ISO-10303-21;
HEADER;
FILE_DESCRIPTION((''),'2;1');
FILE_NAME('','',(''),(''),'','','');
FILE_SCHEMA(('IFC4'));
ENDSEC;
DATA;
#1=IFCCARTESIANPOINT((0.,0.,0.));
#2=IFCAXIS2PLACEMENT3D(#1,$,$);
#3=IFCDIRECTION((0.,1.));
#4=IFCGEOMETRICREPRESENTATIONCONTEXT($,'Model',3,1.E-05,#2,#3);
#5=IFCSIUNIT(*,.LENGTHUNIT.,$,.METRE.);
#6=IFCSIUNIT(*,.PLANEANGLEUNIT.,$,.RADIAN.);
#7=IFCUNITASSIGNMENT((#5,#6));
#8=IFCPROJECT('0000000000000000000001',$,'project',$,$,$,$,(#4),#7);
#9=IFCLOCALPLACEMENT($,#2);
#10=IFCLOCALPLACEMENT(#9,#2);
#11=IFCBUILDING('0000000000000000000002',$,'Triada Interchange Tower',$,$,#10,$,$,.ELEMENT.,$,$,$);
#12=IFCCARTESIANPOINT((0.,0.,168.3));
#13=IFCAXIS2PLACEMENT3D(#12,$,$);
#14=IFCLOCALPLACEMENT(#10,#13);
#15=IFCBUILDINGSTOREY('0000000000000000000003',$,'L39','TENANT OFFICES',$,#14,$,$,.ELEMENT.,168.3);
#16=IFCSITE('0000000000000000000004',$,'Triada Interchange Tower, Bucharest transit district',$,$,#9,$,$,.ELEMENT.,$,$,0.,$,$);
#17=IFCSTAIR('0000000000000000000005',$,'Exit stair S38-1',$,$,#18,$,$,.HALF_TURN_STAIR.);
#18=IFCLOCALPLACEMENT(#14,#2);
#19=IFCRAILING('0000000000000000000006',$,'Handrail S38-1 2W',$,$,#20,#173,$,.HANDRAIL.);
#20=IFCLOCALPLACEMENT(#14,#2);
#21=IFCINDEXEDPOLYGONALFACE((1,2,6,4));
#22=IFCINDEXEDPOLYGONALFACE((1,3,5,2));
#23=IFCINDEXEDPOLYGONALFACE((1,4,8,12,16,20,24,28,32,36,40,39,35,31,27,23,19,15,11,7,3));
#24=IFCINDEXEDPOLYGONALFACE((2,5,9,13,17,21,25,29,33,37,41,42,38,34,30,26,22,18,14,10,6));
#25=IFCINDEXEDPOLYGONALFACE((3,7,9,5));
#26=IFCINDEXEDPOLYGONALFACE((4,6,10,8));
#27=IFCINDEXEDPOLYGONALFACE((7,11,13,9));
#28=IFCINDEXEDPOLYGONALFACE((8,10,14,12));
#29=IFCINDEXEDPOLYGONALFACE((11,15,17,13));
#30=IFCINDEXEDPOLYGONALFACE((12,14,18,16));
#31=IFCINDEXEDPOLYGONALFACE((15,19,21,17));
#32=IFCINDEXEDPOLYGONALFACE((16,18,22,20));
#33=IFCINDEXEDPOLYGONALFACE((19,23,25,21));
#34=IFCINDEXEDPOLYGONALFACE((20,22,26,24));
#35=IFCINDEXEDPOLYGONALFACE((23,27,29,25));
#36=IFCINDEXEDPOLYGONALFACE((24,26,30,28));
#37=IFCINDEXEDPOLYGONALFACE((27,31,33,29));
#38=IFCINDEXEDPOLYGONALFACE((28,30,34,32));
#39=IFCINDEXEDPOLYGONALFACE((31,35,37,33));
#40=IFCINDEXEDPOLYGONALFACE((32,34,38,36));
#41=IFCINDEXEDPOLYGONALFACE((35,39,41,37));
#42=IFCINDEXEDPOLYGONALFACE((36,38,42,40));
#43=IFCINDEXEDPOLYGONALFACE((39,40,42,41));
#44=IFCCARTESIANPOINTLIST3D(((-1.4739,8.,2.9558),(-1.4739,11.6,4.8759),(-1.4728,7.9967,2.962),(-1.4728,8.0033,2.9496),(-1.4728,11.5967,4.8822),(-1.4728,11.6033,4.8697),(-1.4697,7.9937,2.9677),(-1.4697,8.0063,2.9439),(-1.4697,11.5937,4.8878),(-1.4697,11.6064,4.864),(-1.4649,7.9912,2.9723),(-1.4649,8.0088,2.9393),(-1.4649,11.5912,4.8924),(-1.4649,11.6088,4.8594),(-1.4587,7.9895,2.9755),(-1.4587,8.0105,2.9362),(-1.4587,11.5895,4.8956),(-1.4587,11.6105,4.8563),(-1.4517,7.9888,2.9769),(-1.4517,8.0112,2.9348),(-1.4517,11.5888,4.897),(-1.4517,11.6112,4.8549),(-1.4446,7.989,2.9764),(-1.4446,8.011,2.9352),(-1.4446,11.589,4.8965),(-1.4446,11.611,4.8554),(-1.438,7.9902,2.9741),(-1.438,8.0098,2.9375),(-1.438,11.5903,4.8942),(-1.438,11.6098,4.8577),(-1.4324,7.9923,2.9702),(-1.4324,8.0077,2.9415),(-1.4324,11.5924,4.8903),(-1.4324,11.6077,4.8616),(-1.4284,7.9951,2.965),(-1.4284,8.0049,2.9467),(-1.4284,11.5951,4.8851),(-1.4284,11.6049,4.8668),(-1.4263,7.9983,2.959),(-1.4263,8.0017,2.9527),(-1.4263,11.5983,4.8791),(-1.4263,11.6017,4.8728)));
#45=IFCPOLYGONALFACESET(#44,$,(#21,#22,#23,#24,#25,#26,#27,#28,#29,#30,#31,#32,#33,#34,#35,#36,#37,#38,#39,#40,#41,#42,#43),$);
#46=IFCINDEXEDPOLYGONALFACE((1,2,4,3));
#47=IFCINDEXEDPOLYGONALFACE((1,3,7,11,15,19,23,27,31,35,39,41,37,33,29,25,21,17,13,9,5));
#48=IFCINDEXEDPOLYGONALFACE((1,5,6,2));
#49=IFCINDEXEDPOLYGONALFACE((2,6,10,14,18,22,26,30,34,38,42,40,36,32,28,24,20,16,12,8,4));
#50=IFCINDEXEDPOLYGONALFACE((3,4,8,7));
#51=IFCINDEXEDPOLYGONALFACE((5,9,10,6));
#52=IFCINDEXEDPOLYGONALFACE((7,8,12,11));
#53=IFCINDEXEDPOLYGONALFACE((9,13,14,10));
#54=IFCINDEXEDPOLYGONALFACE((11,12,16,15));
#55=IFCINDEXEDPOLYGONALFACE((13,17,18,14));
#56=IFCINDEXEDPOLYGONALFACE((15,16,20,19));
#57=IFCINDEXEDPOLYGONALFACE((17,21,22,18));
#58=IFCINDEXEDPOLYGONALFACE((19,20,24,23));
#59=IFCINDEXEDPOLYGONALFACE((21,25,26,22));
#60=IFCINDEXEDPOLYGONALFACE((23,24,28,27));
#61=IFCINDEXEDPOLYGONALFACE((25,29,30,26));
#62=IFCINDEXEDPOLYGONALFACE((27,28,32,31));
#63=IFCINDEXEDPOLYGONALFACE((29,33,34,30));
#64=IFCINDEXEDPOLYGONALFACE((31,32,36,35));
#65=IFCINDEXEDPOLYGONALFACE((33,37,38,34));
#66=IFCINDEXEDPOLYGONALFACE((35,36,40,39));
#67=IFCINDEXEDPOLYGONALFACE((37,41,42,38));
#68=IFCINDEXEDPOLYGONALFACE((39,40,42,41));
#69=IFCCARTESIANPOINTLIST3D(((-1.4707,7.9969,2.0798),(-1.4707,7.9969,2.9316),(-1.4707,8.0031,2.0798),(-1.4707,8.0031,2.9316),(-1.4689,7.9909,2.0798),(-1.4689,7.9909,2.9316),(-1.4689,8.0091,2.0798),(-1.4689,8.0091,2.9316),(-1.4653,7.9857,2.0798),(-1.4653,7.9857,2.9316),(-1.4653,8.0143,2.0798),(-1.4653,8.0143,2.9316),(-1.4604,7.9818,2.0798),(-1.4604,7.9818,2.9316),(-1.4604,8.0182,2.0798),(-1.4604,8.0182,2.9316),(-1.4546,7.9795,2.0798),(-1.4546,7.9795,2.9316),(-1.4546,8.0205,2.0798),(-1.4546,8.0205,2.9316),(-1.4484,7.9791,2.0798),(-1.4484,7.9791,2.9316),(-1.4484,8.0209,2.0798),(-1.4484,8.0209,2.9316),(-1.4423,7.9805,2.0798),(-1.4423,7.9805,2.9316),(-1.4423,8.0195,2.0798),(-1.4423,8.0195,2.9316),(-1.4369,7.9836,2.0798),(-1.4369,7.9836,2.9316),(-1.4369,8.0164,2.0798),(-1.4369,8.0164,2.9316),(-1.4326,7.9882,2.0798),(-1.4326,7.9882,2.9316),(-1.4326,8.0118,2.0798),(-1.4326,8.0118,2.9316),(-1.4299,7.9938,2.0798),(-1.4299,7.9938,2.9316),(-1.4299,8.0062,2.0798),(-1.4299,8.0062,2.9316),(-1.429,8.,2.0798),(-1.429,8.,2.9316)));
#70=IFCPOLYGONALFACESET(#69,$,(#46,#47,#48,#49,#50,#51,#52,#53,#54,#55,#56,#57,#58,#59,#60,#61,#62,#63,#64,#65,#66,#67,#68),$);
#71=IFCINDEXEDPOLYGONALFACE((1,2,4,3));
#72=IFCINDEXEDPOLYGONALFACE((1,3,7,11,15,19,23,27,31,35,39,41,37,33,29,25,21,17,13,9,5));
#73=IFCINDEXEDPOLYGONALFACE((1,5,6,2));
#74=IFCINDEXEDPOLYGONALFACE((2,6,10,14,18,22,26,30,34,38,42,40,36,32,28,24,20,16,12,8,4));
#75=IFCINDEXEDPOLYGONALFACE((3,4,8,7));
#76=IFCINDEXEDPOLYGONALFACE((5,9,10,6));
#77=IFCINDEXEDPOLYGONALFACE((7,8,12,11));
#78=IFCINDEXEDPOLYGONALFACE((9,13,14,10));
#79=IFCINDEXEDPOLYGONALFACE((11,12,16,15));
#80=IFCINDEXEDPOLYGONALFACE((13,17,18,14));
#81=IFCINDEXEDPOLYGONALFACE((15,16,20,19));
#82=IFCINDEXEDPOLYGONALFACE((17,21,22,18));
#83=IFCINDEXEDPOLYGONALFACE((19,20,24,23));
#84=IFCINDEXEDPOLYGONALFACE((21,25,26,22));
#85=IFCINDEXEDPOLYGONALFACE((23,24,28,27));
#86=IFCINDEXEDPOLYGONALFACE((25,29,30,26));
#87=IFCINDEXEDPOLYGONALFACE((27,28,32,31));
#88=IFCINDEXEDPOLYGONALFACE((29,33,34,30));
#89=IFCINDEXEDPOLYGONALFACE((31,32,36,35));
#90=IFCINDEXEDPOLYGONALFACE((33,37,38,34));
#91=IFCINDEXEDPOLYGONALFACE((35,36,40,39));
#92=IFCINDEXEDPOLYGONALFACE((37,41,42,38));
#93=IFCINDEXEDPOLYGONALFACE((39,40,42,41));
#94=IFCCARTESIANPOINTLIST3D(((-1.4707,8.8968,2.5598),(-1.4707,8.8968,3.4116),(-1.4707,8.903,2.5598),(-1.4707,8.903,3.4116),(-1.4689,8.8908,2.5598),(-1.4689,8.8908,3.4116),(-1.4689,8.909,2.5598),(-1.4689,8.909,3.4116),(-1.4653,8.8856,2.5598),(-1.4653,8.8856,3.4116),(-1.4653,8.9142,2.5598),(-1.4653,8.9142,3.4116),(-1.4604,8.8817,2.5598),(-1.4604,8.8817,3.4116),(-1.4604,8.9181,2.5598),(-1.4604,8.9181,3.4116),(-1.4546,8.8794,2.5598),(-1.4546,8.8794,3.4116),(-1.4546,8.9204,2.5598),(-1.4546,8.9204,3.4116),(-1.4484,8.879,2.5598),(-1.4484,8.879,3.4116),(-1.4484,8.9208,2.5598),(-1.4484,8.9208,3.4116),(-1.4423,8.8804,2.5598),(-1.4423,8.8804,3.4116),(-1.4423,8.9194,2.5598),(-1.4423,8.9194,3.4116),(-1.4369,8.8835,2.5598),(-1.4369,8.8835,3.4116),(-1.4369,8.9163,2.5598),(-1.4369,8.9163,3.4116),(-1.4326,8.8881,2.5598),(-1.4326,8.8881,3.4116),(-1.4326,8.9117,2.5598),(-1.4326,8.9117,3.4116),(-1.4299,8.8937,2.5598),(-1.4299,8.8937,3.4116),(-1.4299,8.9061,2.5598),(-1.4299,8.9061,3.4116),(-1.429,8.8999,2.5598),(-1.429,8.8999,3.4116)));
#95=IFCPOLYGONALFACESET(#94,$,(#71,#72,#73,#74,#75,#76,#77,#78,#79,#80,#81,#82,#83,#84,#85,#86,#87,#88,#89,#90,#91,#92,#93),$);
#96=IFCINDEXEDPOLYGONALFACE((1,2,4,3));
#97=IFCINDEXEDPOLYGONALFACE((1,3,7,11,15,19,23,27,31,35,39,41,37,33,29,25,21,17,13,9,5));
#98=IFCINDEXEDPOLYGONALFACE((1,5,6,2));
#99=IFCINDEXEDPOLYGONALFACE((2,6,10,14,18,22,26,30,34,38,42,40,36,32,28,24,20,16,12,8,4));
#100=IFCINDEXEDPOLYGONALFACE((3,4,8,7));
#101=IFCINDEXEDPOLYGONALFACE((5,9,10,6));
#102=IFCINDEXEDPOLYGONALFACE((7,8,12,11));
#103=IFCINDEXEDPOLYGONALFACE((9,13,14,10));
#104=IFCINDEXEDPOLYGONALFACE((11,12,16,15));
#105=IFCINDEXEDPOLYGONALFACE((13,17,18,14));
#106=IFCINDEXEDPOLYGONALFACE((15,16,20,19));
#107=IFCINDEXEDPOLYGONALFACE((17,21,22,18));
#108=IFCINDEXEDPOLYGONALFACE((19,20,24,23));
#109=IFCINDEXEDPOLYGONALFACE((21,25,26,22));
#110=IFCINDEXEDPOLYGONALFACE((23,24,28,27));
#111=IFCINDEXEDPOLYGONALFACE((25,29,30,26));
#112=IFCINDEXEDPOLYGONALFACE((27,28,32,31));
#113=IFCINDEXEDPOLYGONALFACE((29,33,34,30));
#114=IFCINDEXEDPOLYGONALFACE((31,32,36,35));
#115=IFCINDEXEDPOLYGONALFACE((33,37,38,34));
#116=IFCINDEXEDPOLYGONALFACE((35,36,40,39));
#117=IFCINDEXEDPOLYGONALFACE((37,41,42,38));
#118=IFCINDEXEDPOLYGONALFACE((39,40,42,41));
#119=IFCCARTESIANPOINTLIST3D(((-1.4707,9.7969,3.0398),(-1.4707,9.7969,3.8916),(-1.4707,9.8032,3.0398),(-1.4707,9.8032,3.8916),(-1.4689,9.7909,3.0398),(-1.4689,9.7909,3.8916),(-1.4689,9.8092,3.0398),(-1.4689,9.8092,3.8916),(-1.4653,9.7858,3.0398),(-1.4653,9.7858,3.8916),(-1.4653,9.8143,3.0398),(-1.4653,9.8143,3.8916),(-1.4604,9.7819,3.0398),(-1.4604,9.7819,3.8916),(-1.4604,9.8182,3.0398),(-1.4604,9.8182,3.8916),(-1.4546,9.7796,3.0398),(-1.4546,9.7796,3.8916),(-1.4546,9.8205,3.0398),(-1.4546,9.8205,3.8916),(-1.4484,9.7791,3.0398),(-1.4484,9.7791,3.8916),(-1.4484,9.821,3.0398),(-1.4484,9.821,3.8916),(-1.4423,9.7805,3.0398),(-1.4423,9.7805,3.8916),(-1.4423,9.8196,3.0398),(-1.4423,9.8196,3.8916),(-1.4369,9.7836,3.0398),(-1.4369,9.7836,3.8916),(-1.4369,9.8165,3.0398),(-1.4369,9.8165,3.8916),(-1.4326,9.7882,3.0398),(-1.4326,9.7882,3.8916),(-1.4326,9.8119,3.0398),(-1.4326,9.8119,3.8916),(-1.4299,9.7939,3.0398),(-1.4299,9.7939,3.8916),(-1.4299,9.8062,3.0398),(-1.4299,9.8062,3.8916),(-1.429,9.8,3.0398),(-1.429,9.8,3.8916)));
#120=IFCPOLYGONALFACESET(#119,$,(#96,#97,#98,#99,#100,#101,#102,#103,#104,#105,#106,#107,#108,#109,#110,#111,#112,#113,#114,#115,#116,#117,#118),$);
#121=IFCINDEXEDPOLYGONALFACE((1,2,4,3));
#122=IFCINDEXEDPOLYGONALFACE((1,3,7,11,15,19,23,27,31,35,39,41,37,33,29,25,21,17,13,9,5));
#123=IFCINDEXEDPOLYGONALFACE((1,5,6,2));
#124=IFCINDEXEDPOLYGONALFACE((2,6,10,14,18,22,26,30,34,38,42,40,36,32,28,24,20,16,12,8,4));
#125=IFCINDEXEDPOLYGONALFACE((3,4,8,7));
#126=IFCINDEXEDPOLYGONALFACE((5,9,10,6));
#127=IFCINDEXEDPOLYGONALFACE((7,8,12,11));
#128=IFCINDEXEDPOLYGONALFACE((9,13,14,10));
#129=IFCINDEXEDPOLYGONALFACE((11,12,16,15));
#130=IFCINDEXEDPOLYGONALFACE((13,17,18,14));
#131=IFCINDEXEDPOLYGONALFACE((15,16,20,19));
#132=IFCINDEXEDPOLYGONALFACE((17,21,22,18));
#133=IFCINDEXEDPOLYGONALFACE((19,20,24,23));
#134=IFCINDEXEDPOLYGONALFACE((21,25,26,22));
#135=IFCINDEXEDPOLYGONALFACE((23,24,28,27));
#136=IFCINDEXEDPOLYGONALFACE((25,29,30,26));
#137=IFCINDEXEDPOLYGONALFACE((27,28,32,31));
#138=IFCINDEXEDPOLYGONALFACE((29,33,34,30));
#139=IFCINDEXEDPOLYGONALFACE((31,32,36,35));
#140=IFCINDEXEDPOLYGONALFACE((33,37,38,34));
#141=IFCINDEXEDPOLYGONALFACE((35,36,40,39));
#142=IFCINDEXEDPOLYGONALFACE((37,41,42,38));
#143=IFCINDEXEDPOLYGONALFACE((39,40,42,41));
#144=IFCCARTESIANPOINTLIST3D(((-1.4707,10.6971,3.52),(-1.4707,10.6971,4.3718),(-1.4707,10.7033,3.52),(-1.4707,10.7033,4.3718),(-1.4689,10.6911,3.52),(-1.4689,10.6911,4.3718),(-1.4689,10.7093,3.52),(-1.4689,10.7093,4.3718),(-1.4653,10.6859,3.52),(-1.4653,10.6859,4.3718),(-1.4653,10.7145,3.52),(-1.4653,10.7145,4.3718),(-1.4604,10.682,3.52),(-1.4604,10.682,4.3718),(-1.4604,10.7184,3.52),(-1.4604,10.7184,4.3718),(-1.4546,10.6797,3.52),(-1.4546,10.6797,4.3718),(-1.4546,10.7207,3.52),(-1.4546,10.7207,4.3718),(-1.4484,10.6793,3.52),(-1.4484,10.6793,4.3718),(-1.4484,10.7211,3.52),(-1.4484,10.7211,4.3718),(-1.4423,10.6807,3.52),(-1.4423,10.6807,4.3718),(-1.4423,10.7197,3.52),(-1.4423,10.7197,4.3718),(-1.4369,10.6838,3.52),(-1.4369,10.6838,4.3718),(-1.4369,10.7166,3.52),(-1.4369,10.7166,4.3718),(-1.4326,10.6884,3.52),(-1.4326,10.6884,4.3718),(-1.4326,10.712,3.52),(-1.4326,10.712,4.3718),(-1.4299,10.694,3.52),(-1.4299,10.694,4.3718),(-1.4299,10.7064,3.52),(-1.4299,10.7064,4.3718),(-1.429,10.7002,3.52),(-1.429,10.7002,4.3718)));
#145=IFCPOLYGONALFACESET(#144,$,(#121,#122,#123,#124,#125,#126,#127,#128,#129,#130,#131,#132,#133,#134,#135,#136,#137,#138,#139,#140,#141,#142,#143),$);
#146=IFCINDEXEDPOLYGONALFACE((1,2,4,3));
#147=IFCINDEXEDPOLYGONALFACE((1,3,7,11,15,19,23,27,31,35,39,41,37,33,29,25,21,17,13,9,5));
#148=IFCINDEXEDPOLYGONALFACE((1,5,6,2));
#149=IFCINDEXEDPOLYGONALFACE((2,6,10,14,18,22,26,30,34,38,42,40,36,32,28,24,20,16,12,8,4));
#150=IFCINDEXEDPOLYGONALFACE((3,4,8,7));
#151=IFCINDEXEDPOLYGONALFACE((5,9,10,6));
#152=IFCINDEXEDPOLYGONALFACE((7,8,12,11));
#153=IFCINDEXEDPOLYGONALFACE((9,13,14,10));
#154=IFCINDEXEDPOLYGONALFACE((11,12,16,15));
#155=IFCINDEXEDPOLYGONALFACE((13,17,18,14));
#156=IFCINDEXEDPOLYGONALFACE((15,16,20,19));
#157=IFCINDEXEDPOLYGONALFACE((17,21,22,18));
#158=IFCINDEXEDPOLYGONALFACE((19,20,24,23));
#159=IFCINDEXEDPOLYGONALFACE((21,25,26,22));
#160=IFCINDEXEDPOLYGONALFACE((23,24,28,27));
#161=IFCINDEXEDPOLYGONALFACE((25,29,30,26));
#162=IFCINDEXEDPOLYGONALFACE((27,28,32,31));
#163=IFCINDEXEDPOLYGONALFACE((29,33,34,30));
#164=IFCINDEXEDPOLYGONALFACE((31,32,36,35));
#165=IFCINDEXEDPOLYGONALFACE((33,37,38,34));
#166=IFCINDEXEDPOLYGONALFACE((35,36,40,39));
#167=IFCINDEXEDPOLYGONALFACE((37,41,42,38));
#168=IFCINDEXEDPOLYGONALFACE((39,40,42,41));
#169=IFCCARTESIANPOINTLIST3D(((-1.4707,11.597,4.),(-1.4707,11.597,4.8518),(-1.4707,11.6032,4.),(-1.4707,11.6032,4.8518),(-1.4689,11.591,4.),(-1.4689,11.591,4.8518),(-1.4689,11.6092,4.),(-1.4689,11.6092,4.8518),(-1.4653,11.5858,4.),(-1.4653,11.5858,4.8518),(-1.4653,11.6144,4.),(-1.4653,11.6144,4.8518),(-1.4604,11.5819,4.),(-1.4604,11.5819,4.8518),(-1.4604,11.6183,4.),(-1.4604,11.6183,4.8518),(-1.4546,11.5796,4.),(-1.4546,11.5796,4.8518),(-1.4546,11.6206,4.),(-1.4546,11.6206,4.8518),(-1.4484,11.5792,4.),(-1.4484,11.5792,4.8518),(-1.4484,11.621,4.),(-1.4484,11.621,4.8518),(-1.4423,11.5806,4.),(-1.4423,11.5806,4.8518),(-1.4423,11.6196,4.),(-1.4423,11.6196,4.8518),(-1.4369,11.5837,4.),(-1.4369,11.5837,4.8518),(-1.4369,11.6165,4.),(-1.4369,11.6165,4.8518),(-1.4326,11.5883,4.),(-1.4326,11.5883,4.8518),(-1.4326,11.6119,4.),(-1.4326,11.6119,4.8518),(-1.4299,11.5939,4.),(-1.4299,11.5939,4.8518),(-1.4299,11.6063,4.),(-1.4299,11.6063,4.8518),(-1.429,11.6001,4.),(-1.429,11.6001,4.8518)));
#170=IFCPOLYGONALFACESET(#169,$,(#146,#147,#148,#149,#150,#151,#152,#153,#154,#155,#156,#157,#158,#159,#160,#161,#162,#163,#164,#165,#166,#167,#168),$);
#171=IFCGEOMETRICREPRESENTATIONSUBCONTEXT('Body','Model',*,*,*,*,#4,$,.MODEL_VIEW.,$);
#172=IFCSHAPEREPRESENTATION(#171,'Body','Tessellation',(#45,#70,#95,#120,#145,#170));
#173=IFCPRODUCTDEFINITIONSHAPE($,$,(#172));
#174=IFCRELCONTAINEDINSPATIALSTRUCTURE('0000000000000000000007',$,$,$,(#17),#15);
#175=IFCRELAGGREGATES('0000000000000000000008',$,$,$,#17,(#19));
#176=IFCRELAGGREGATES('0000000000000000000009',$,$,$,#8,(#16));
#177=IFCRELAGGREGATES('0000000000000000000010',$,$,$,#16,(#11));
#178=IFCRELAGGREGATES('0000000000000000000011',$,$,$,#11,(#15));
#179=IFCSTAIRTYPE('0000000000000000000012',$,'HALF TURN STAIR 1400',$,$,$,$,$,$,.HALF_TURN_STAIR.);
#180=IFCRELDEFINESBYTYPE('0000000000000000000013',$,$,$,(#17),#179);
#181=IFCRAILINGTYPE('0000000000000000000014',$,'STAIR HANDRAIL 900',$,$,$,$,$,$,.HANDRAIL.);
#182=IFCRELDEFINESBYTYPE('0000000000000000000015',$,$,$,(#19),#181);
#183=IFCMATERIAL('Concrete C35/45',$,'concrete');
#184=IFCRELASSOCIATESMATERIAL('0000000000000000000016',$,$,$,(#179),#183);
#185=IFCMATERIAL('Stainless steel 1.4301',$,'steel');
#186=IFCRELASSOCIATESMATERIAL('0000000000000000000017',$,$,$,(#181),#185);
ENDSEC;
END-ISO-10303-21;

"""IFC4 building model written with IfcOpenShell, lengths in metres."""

from ifc_helpers import new_model, si_unit, direction, frame, origin, origin_2d, place, context, subcontext, project, spatial, circle, extrude, material, type_object, element, aggregate, save


model = new_model("IFC4")

# Units and contexts
model_context = context("Model", 3, precision=1e-05, world=origin(), true_north=direction((0.0, 1.0)))
body_context = subcontext(model_context, "Body", "Model", "MODEL_VIEW")
ifc_project = project(units=[si_unit("LENGTHUNIT", "METRE"), si_unit("PLANEANGLEUNIT", "RADIAN")], contexts=[model_context])

# Site, building, storey
site_placement = place(None, origin())
site = spatial("IfcSite", under=ifc_project, at=site_placement, Name="Triada Interchange Tower, Bucharest transit district", CompositionType="ELEMENT", RefElevation=0.0)
building_placement = place(site_placement, origin())
building = spatial("IfcBuilding", under=site, at=building_placement, Name="Triada Interchange Tower", CompositionType="ELEMENT")
storey_placement = place(building_placement, frame((0.0, 0.0, 168.3)))
storey = spatial("IfcBuildingStorey", under=building, at=storey_placement, Name="L39", Description="TENANT OFFICES", CompositionType="ELEMENT", Elevation=168.3)

# Stair, railing
ifc_material_1 = material(Name="Concrete C35/45", Category="concrete")
stair_type = type_object("IfcStairType", Name="HALF TURN STAIR 1400", PredefinedType="HALF_TURN_STAIR", material=ifc_material_1)
stair_placement = place(storey_placement, origin())
stair = element("IfcStair", 1, at=stair_placement, inside=storey, type_object=stair_type, Name="Exit stair S38-1", PredefinedType="HALF_TURN_STAIR")
ifc_material_2 = material(Name="Stainless steel 1.4301", Category="steel")
railing_type = type_object("IfcRailingType", Name="STAIR HANDRAIL 900", PredefinedType="HANDRAIL", material=ifc_material_2)
railing_1_placement = place(storey_placement, frame((-1.45, 8.0, 2.0798)))
railing_1 = element("IfcRailing", 2, at=railing_1_placement, type_object=railing_type, Name="Handrail S38-1 2W", PredefinedType="HANDRAIL", context=body_context, shape_type="SweptSolid", body=[
    extrude(circle(Radius=0.0239, at=origin_2d()), frame((0.0, 0.0, 0.876), z_axis=(0.0, 0.882341, 0.47061), x_axis=(-1.0, 0.0, 0.0)), (0.0, 0.0, 1.0), 4.0801),
    extrude(circle(Radius=0.021, at=origin_2d()), origin(), (0.0, 0.0, 1.0), 0.8518),
    extrude(circle(Radius=0.021, at=origin_2d()), frame((0.0, 0.8999, 0.48)), (0.0, 0.0, 1.0), 0.8518),
    extrude(circle(Radius=0.021, at=origin_2d()), frame((0.0, 1.8, 0.96)), (0.0, 0.0, 1.0), 0.8518),
    extrude(circle(Radius=0.021, at=origin_2d()), frame((0.0, 2.7002, 1.4402)), (0.0, 0.0, 1.0), 0.8518),
    extrude(circle(Radius=0.021, at=origin_2d()), frame((0.0, 3.6001, 1.9202)), (0.0, 0.0, 1.0), 0.8518),
])
aggregate(stair, [railing_1])

save(model, "model.ifc")
